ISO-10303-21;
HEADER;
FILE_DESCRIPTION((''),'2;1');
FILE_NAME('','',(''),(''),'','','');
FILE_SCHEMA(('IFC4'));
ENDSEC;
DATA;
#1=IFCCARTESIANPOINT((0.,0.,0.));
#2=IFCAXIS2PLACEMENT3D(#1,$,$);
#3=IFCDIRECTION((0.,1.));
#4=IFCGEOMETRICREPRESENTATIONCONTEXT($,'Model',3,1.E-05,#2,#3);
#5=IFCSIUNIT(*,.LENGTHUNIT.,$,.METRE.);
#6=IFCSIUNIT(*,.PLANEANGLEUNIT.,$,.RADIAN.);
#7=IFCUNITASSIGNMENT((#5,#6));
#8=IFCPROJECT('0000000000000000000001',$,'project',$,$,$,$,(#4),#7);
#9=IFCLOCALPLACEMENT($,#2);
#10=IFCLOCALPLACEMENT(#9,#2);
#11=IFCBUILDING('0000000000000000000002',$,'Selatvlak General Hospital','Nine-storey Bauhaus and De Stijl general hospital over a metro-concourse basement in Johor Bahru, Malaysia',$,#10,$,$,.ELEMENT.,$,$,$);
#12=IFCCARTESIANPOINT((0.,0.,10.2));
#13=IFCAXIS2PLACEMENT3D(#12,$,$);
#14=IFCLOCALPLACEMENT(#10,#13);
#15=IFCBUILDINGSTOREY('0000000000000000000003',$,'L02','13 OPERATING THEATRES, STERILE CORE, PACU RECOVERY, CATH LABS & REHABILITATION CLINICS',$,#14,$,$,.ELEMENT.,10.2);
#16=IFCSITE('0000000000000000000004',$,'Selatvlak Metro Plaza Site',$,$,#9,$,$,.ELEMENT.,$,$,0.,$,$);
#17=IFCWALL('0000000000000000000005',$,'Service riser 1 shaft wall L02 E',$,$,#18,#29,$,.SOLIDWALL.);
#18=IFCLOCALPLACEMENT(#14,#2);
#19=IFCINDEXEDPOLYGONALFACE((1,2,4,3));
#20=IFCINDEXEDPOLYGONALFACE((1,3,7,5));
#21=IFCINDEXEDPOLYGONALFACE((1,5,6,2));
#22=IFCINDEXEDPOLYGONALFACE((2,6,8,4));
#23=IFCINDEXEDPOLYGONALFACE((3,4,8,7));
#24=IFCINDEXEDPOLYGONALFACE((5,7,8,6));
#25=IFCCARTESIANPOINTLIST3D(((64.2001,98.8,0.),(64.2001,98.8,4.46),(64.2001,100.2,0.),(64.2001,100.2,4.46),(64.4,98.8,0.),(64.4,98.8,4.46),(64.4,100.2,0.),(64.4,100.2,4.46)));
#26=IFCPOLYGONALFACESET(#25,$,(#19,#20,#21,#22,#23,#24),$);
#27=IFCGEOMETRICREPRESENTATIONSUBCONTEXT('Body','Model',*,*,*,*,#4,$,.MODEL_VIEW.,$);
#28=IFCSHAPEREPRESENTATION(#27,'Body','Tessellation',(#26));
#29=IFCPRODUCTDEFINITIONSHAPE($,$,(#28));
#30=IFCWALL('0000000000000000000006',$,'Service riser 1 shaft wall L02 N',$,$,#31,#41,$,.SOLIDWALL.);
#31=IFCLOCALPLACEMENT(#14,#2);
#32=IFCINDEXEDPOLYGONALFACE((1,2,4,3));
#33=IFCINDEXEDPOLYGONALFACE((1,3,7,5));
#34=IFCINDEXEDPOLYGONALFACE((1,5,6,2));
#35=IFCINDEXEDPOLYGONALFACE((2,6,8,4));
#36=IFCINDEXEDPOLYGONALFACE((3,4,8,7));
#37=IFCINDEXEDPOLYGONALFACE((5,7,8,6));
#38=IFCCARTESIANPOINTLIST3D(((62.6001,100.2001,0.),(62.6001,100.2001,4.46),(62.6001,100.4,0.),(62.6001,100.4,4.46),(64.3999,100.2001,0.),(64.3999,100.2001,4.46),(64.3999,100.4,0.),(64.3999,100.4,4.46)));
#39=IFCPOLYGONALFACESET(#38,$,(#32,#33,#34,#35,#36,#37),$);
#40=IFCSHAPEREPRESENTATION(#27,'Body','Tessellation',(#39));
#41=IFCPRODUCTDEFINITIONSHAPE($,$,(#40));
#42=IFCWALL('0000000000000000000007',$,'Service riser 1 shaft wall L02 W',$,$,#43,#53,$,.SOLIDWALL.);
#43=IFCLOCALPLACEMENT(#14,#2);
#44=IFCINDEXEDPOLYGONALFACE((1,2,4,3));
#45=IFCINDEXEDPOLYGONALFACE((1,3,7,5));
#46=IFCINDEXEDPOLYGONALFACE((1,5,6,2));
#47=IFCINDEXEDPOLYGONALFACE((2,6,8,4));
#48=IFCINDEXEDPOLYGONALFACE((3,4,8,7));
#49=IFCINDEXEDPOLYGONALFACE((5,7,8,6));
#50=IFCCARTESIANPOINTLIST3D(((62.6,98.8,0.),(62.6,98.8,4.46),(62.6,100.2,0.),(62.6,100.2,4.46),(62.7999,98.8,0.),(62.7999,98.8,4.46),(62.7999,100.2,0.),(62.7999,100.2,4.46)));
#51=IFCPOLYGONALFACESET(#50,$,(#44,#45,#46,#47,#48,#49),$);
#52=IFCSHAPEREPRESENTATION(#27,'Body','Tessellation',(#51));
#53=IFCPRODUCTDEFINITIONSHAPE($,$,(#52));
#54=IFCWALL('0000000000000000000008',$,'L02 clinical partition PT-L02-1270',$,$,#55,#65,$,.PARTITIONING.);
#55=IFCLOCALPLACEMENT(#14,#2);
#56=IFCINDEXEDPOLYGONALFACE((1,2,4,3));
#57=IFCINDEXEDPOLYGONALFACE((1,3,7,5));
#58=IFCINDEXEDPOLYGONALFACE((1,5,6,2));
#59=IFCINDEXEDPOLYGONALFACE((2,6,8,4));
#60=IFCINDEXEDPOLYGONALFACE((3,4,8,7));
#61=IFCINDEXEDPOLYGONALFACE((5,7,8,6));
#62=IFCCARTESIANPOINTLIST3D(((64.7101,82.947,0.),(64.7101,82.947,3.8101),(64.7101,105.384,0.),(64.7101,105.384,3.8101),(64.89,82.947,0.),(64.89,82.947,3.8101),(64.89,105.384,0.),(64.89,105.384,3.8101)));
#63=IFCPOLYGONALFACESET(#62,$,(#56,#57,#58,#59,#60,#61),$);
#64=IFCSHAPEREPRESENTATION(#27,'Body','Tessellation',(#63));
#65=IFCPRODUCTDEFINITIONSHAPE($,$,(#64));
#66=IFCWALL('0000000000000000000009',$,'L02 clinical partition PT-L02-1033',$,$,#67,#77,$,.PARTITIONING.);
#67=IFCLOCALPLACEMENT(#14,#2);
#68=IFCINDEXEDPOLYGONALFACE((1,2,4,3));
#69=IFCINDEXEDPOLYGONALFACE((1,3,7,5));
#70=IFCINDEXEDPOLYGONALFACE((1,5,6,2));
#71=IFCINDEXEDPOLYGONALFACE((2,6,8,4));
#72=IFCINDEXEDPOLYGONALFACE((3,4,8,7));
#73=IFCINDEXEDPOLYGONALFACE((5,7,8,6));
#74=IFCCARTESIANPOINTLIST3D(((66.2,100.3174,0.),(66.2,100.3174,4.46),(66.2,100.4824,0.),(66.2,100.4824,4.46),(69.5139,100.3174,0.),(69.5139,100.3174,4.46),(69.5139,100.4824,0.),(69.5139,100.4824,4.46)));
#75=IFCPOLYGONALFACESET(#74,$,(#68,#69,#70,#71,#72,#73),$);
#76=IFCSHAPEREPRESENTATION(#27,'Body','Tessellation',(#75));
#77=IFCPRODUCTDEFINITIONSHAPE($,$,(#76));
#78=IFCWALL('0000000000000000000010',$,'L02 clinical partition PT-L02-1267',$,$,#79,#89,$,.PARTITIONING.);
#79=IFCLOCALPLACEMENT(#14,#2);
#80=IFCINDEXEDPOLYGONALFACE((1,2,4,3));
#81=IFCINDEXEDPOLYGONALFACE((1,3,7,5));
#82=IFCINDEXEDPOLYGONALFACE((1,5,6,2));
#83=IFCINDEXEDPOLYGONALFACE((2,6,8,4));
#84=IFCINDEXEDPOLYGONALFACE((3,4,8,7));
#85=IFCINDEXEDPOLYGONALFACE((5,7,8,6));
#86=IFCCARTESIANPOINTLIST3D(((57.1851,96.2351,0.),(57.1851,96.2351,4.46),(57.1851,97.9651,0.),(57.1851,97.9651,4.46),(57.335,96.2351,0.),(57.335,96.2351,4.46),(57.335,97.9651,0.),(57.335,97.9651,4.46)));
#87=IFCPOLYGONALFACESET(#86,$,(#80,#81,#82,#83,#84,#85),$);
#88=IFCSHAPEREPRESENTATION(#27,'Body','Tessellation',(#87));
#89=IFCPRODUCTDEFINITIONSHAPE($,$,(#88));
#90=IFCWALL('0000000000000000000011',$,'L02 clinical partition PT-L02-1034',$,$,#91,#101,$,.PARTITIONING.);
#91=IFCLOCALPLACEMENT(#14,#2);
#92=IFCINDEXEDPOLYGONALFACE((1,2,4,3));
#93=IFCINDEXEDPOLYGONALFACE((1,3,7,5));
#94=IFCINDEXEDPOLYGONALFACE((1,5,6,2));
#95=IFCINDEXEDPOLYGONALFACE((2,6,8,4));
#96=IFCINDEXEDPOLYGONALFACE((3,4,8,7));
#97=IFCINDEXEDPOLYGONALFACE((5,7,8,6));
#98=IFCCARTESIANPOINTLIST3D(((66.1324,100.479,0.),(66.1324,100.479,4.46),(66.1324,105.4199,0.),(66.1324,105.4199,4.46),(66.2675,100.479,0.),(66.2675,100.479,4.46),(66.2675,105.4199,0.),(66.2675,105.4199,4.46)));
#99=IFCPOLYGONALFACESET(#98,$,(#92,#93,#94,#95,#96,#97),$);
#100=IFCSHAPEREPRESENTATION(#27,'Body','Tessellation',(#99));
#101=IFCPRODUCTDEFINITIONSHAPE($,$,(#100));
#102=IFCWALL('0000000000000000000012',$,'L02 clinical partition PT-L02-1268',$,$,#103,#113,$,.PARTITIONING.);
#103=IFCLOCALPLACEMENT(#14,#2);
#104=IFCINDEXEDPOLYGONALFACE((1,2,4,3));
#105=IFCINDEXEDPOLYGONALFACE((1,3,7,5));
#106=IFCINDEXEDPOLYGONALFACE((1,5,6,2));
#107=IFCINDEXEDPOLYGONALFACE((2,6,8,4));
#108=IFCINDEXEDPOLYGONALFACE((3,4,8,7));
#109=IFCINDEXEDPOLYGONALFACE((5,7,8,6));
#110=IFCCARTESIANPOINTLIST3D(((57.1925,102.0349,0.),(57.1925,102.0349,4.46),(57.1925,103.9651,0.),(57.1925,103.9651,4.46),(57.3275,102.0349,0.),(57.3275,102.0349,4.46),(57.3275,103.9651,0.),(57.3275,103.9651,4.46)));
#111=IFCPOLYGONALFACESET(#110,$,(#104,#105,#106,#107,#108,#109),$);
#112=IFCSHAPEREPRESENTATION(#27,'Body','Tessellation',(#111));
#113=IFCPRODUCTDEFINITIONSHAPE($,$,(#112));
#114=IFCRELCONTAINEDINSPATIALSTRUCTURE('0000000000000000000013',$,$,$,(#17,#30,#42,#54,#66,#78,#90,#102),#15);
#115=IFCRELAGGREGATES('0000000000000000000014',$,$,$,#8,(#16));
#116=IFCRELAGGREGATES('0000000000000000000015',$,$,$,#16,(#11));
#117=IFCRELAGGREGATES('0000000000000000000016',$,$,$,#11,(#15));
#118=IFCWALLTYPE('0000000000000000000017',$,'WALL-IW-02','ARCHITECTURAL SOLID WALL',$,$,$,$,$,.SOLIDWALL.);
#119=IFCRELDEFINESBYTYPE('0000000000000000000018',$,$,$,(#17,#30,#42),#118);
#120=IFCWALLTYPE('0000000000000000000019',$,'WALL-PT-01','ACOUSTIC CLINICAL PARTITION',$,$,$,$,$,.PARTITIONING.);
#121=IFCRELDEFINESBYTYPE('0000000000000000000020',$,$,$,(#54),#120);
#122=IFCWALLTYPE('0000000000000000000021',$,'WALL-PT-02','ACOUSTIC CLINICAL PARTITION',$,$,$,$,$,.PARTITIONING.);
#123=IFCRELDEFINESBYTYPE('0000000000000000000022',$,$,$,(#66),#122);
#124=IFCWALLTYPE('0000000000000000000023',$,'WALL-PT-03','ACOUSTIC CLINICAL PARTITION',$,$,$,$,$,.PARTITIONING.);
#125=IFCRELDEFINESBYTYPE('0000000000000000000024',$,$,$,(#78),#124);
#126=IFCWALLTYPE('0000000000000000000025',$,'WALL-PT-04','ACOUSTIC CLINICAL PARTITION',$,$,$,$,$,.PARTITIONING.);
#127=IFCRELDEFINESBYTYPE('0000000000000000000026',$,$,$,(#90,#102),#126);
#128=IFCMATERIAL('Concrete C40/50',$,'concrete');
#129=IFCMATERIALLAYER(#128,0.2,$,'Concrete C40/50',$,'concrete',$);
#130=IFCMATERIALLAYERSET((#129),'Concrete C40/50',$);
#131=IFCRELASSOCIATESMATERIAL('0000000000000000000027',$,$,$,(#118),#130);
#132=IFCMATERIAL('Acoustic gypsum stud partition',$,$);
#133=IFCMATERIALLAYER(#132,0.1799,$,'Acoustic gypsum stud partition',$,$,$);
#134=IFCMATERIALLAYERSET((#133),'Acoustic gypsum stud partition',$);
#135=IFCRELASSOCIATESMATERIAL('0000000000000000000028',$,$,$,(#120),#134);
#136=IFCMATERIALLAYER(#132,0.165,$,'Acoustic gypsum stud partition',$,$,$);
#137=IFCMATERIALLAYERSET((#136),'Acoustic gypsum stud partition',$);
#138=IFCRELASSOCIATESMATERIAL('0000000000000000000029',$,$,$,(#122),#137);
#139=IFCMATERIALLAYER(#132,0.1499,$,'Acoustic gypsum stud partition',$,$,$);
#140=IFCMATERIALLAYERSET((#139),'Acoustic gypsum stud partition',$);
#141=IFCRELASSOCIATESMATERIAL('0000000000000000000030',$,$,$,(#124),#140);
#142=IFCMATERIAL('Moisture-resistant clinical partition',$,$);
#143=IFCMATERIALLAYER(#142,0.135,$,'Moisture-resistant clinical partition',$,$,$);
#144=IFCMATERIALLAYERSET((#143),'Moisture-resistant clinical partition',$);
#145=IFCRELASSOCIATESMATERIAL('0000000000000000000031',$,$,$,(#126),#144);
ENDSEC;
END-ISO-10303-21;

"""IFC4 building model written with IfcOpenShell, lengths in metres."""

from ifc_helpers import new_model, si_unit, direction, frame, frame_2d, origin, place, context, subcontext, project, spatial, rectangle, extrude, material, layer, layer_set, type_object, element, save


model = new_model("IFC4")

# Units and contexts
model_context = context("Model", 3, precision=1e-05, world=origin(), true_north=direction((0.0, 1.0)))
body_context = subcontext(model_context, "Body", "Model", "MODEL_VIEW")
ifc_project = project(units=[si_unit("LENGTHUNIT", "METRE"), si_unit("PLANEANGLEUNIT", "RADIAN")], contexts=[model_context])

# Site, building, storey
site_placement = place(None, origin())
site = spatial("IfcSite", under=ifc_project, at=site_placement, Name="Selatvlak Metro Plaza Site", CompositionType="ELEMENT", RefElevation=0.0)
building_placement = place(site_placement, origin())
building = spatial("IfcBuilding", under=site, at=building_placement, Name="Selatvlak General Hospital", Description="Nine-storey Bauhaus and De Stijl general hospital over a metro-concourse basement in Johor Bahru, Malaysia", CompositionType="ELEMENT")
storey_placement = place(building_placement, frame((0.0, 0.0, 10.2)))
storey = spatial("IfcBuildingStorey", under=building, at=storey_placement, Name="L02", Description="13 OPERATING THEATRES, STERILE CORE, PACU RECOVERY, CATH LABS & REHABILITATION CLINICS", CompositionType="ELEMENT", Elevation=10.2)

# Shared definitions
ifc_material_1 = material(Name="Concrete C40/50", Category="concrete")

# Walls
ifc_layer_1 = layer(ifc_material_1, 0.2, Name="Concrete C40/50", Category="concrete")
ifc_layer_set_1 = layer_set([ifc_layer_1], Name="Concrete C40/50")
wall_type_1 = type_object("IfcWallType", Name="WALL-IW-02", Description="ARCHITECTURAL SOLID WALL", PredefinedType="SOLIDWALL", material=ifc_layer_set_1)
wall_1_placement = place(storey_placement, frame((64.3, 98.8, 0.0), z_axis=(0.0, 0.0, 1.0), x_axis=(0.0, 1.0, 0.0)))
element("IfcWall", 1, at=wall_1_placement, inside=storey, type_object=wall_type_1, Name="Service riser 1 shaft wall L02 E", PredefinedType="SOLIDWALL", context=body_context, shape_type="SweptSolid", body=[
    extrude(rectangle(XDim=1.3999, YDim=0.2, at=frame_2d((0.7, 0.0))), origin(), (0.0, 0.0, 1.0), 4.46),
])
wall_2_placement = place(storey_placement, frame((64.3999, 100.3, 0.0), z_axis=(0.0, 0.0, 1.0), x_axis=(-1.0, 0.0, 0.0)))
element("IfcWall", 2, at=wall_2_placement, inside=storey, type_object=wall_type_1, Name="Service riser 1 shaft wall L02 N", PredefinedType="SOLIDWALL", context=body_context, shape_type="SweptSolid", body=[
    extrude(rectangle(XDim=1.7998, YDim=0.2, at=frame_2d((0.8999, 0.0))), origin(), (0.0, 0.0, 1.0), 4.46),
])
wall_3_placement = place(storey_placement, frame((62.7, 100.2, 0.0), z_axis=(0.0, 0.0, 1.0), x_axis=(0.0, -1.0, 0.0)))
element("IfcWall", 3, at=wall_3_placement, inside=storey, type_object=wall_type_1, Name="Service riser 1 shaft wall L02 W", PredefinedType="SOLIDWALL", context=body_context, shape_type="SweptSolid", body=[
    extrude(rectangle(XDim=1.3999, YDim=0.2, at=frame_2d((0.7, 0.0))), origin(), (0.0, 0.0, 1.0), 4.46),
])
ifc_material_2 = material(Name="Acoustic gypsum stud partition")
ifc_layer_2 = layer(ifc_material_2, 0.1799, Name="Acoustic gypsum stud partition")
ifc_layer_set_2 = layer_set([ifc_layer_2], Name="Acoustic gypsum stud partition")
wall_type_2 = type_object("IfcWallType", Name="WALL-PT-01", Description="ACOUSTIC CLINICAL PARTITION", PredefinedType="PARTITIONING", material=ifc_layer_set_2)
wall_4_placement = place(storey_placement, frame((64.8, 105.384, 0.0), z_axis=(0.0, 0.0, 1.0), x_axis=(0.0, -1.0, 0.0)))
element("IfcWall", 4, at=wall_4_placement, inside=storey, type_object=wall_type_2, Name="L02 clinical partition PT-L02-1270", PredefinedType="PARTITIONING", context=body_context, shape_type="SweptSolid", body=[
    extrude(rectangle(XDim=22.437, YDim=0.1799, at=frame_2d((11.2185, 0.0))), origin(), (0.0, 0.0, 1.0), 3.8101),
])
ifc_layer_3 = layer(ifc_material_2, 0.165, Name="Acoustic gypsum stud partition")
ifc_layer_set_3 = layer_set([ifc_layer_3], Name="Acoustic gypsum stud partition")
wall_type_3 = type_object("IfcWallType", Name="WALL-PT-02", Description="ACOUSTIC CLINICAL PARTITION", PredefinedType="PARTITIONING", material=ifc_layer_set_3)
wall_5_placement = place(storey_placement, frame((69.5139, 100.3999, 0.0), z_axis=(0.0, 0.0, 1.0), x_axis=(-1.0, 0.0, 0.0)))
element("IfcWall", 5, at=wall_5_placement, inside=storey, type_object=wall_type_3, Name="L02 clinical partition PT-L02-1033", PredefinedType="PARTITIONING", context=body_context, shape_type="SweptSolid", body=[
    extrude(rectangle(XDim=3.314, YDim=0.165, at=frame_2d((1.657, 0.0))), origin(), (0.0, 0.0, 1.0), 4.46),
])
ifc_layer_4 = layer(ifc_material_2, 0.1499, Name="Acoustic gypsum stud partition")
ifc_layer_set_4 = layer_set([ifc_layer_4], Name="Acoustic gypsum stud partition")
wall_type_4 = type_object("IfcWallType", Name="WALL-PT-03", Description="ACOUSTIC CLINICAL PARTITION", PredefinedType="PARTITIONING", material=ifc_layer_set_4)
wall_6_placement = place(storey_placement, frame((57.26, 96.2351, 0.0), z_axis=(0.0, 0.0, 1.0), x_axis=(0.0, 1.0, 0.0)))
element("IfcWall", 6, at=wall_6_placement, inside=storey, type_object=wall_type_4, Name="L02 clinical partition PT-L02-1267", PredefinedType="PARTITIONING", context=body_context, shape_type="SweptSolid", body=[
    extrude(rectangle(XDim=1.73, YDim=0.1499, at=frame_2d((0.865, 0.0))), origin(), (0.0, 0.0, 1.0), 4.46),
])
ifc_material_3 = material(Name="Moisture-resistant clinical partition")
ifc_layer_5 = layer(ifc_material_3, 0.135, Name="Moisture-resistant clinical partition")
ifc_layer_set_5 = layer_set([ifc_layer_5], Name="Moisture-resistant clinical partition")
wall_type_5 = type_object("IfcWallType", Name="WALL-PT-04", Description="ACOUSTIC CLINICAL PARTITION", PredefinedType="PARTITIONING", material=ifc_layer_set_5)
wall_7_placement = place(storey_placement, frame((66.2, 100.479, 0.0), z_axis=(0.0, 0.0, 1.0), x_axis=(0.0, 1.0, 0.0)))
element("IfcWall", 7, at=wall_7_placement, inside=storey, type_object=wall_type_5, Name="L02 clinical partition PT-L02-1034", PredefinedType="PARTITIONING", context=body_context, shape_type="SweptSolid", body=[
    extrude(rectangle(XDim=4.9409, YDim=0.135, at=frame_2d((2.4705, 0.0))), origin(), (0.0, 0.0, 1.0), 4.46),
])
wall_8_placement = place(storey_placement, frame((57.26, 102.0349, 0.0), z_axis=(0.0, 0.0, 1.0), x_axis=(0.0, 1.0, 0.0)))
element("IfcWall", 8, at=wall_8_placement, inside=storey, type_object=wall_type_5, Name="L02 clinical partition PT-L02-1268", PredefinedType="PARTITIONING", context=body_context, shape_type="SweptSolid", body=[
    extrude(rectangle(XDim=1.9302, YDim=0.135, at=frame_2d((0.9651, 0.0))), origin(), (0.0, 0.0, 1.0), 4.46),
])

save(model, "model.ifc")
